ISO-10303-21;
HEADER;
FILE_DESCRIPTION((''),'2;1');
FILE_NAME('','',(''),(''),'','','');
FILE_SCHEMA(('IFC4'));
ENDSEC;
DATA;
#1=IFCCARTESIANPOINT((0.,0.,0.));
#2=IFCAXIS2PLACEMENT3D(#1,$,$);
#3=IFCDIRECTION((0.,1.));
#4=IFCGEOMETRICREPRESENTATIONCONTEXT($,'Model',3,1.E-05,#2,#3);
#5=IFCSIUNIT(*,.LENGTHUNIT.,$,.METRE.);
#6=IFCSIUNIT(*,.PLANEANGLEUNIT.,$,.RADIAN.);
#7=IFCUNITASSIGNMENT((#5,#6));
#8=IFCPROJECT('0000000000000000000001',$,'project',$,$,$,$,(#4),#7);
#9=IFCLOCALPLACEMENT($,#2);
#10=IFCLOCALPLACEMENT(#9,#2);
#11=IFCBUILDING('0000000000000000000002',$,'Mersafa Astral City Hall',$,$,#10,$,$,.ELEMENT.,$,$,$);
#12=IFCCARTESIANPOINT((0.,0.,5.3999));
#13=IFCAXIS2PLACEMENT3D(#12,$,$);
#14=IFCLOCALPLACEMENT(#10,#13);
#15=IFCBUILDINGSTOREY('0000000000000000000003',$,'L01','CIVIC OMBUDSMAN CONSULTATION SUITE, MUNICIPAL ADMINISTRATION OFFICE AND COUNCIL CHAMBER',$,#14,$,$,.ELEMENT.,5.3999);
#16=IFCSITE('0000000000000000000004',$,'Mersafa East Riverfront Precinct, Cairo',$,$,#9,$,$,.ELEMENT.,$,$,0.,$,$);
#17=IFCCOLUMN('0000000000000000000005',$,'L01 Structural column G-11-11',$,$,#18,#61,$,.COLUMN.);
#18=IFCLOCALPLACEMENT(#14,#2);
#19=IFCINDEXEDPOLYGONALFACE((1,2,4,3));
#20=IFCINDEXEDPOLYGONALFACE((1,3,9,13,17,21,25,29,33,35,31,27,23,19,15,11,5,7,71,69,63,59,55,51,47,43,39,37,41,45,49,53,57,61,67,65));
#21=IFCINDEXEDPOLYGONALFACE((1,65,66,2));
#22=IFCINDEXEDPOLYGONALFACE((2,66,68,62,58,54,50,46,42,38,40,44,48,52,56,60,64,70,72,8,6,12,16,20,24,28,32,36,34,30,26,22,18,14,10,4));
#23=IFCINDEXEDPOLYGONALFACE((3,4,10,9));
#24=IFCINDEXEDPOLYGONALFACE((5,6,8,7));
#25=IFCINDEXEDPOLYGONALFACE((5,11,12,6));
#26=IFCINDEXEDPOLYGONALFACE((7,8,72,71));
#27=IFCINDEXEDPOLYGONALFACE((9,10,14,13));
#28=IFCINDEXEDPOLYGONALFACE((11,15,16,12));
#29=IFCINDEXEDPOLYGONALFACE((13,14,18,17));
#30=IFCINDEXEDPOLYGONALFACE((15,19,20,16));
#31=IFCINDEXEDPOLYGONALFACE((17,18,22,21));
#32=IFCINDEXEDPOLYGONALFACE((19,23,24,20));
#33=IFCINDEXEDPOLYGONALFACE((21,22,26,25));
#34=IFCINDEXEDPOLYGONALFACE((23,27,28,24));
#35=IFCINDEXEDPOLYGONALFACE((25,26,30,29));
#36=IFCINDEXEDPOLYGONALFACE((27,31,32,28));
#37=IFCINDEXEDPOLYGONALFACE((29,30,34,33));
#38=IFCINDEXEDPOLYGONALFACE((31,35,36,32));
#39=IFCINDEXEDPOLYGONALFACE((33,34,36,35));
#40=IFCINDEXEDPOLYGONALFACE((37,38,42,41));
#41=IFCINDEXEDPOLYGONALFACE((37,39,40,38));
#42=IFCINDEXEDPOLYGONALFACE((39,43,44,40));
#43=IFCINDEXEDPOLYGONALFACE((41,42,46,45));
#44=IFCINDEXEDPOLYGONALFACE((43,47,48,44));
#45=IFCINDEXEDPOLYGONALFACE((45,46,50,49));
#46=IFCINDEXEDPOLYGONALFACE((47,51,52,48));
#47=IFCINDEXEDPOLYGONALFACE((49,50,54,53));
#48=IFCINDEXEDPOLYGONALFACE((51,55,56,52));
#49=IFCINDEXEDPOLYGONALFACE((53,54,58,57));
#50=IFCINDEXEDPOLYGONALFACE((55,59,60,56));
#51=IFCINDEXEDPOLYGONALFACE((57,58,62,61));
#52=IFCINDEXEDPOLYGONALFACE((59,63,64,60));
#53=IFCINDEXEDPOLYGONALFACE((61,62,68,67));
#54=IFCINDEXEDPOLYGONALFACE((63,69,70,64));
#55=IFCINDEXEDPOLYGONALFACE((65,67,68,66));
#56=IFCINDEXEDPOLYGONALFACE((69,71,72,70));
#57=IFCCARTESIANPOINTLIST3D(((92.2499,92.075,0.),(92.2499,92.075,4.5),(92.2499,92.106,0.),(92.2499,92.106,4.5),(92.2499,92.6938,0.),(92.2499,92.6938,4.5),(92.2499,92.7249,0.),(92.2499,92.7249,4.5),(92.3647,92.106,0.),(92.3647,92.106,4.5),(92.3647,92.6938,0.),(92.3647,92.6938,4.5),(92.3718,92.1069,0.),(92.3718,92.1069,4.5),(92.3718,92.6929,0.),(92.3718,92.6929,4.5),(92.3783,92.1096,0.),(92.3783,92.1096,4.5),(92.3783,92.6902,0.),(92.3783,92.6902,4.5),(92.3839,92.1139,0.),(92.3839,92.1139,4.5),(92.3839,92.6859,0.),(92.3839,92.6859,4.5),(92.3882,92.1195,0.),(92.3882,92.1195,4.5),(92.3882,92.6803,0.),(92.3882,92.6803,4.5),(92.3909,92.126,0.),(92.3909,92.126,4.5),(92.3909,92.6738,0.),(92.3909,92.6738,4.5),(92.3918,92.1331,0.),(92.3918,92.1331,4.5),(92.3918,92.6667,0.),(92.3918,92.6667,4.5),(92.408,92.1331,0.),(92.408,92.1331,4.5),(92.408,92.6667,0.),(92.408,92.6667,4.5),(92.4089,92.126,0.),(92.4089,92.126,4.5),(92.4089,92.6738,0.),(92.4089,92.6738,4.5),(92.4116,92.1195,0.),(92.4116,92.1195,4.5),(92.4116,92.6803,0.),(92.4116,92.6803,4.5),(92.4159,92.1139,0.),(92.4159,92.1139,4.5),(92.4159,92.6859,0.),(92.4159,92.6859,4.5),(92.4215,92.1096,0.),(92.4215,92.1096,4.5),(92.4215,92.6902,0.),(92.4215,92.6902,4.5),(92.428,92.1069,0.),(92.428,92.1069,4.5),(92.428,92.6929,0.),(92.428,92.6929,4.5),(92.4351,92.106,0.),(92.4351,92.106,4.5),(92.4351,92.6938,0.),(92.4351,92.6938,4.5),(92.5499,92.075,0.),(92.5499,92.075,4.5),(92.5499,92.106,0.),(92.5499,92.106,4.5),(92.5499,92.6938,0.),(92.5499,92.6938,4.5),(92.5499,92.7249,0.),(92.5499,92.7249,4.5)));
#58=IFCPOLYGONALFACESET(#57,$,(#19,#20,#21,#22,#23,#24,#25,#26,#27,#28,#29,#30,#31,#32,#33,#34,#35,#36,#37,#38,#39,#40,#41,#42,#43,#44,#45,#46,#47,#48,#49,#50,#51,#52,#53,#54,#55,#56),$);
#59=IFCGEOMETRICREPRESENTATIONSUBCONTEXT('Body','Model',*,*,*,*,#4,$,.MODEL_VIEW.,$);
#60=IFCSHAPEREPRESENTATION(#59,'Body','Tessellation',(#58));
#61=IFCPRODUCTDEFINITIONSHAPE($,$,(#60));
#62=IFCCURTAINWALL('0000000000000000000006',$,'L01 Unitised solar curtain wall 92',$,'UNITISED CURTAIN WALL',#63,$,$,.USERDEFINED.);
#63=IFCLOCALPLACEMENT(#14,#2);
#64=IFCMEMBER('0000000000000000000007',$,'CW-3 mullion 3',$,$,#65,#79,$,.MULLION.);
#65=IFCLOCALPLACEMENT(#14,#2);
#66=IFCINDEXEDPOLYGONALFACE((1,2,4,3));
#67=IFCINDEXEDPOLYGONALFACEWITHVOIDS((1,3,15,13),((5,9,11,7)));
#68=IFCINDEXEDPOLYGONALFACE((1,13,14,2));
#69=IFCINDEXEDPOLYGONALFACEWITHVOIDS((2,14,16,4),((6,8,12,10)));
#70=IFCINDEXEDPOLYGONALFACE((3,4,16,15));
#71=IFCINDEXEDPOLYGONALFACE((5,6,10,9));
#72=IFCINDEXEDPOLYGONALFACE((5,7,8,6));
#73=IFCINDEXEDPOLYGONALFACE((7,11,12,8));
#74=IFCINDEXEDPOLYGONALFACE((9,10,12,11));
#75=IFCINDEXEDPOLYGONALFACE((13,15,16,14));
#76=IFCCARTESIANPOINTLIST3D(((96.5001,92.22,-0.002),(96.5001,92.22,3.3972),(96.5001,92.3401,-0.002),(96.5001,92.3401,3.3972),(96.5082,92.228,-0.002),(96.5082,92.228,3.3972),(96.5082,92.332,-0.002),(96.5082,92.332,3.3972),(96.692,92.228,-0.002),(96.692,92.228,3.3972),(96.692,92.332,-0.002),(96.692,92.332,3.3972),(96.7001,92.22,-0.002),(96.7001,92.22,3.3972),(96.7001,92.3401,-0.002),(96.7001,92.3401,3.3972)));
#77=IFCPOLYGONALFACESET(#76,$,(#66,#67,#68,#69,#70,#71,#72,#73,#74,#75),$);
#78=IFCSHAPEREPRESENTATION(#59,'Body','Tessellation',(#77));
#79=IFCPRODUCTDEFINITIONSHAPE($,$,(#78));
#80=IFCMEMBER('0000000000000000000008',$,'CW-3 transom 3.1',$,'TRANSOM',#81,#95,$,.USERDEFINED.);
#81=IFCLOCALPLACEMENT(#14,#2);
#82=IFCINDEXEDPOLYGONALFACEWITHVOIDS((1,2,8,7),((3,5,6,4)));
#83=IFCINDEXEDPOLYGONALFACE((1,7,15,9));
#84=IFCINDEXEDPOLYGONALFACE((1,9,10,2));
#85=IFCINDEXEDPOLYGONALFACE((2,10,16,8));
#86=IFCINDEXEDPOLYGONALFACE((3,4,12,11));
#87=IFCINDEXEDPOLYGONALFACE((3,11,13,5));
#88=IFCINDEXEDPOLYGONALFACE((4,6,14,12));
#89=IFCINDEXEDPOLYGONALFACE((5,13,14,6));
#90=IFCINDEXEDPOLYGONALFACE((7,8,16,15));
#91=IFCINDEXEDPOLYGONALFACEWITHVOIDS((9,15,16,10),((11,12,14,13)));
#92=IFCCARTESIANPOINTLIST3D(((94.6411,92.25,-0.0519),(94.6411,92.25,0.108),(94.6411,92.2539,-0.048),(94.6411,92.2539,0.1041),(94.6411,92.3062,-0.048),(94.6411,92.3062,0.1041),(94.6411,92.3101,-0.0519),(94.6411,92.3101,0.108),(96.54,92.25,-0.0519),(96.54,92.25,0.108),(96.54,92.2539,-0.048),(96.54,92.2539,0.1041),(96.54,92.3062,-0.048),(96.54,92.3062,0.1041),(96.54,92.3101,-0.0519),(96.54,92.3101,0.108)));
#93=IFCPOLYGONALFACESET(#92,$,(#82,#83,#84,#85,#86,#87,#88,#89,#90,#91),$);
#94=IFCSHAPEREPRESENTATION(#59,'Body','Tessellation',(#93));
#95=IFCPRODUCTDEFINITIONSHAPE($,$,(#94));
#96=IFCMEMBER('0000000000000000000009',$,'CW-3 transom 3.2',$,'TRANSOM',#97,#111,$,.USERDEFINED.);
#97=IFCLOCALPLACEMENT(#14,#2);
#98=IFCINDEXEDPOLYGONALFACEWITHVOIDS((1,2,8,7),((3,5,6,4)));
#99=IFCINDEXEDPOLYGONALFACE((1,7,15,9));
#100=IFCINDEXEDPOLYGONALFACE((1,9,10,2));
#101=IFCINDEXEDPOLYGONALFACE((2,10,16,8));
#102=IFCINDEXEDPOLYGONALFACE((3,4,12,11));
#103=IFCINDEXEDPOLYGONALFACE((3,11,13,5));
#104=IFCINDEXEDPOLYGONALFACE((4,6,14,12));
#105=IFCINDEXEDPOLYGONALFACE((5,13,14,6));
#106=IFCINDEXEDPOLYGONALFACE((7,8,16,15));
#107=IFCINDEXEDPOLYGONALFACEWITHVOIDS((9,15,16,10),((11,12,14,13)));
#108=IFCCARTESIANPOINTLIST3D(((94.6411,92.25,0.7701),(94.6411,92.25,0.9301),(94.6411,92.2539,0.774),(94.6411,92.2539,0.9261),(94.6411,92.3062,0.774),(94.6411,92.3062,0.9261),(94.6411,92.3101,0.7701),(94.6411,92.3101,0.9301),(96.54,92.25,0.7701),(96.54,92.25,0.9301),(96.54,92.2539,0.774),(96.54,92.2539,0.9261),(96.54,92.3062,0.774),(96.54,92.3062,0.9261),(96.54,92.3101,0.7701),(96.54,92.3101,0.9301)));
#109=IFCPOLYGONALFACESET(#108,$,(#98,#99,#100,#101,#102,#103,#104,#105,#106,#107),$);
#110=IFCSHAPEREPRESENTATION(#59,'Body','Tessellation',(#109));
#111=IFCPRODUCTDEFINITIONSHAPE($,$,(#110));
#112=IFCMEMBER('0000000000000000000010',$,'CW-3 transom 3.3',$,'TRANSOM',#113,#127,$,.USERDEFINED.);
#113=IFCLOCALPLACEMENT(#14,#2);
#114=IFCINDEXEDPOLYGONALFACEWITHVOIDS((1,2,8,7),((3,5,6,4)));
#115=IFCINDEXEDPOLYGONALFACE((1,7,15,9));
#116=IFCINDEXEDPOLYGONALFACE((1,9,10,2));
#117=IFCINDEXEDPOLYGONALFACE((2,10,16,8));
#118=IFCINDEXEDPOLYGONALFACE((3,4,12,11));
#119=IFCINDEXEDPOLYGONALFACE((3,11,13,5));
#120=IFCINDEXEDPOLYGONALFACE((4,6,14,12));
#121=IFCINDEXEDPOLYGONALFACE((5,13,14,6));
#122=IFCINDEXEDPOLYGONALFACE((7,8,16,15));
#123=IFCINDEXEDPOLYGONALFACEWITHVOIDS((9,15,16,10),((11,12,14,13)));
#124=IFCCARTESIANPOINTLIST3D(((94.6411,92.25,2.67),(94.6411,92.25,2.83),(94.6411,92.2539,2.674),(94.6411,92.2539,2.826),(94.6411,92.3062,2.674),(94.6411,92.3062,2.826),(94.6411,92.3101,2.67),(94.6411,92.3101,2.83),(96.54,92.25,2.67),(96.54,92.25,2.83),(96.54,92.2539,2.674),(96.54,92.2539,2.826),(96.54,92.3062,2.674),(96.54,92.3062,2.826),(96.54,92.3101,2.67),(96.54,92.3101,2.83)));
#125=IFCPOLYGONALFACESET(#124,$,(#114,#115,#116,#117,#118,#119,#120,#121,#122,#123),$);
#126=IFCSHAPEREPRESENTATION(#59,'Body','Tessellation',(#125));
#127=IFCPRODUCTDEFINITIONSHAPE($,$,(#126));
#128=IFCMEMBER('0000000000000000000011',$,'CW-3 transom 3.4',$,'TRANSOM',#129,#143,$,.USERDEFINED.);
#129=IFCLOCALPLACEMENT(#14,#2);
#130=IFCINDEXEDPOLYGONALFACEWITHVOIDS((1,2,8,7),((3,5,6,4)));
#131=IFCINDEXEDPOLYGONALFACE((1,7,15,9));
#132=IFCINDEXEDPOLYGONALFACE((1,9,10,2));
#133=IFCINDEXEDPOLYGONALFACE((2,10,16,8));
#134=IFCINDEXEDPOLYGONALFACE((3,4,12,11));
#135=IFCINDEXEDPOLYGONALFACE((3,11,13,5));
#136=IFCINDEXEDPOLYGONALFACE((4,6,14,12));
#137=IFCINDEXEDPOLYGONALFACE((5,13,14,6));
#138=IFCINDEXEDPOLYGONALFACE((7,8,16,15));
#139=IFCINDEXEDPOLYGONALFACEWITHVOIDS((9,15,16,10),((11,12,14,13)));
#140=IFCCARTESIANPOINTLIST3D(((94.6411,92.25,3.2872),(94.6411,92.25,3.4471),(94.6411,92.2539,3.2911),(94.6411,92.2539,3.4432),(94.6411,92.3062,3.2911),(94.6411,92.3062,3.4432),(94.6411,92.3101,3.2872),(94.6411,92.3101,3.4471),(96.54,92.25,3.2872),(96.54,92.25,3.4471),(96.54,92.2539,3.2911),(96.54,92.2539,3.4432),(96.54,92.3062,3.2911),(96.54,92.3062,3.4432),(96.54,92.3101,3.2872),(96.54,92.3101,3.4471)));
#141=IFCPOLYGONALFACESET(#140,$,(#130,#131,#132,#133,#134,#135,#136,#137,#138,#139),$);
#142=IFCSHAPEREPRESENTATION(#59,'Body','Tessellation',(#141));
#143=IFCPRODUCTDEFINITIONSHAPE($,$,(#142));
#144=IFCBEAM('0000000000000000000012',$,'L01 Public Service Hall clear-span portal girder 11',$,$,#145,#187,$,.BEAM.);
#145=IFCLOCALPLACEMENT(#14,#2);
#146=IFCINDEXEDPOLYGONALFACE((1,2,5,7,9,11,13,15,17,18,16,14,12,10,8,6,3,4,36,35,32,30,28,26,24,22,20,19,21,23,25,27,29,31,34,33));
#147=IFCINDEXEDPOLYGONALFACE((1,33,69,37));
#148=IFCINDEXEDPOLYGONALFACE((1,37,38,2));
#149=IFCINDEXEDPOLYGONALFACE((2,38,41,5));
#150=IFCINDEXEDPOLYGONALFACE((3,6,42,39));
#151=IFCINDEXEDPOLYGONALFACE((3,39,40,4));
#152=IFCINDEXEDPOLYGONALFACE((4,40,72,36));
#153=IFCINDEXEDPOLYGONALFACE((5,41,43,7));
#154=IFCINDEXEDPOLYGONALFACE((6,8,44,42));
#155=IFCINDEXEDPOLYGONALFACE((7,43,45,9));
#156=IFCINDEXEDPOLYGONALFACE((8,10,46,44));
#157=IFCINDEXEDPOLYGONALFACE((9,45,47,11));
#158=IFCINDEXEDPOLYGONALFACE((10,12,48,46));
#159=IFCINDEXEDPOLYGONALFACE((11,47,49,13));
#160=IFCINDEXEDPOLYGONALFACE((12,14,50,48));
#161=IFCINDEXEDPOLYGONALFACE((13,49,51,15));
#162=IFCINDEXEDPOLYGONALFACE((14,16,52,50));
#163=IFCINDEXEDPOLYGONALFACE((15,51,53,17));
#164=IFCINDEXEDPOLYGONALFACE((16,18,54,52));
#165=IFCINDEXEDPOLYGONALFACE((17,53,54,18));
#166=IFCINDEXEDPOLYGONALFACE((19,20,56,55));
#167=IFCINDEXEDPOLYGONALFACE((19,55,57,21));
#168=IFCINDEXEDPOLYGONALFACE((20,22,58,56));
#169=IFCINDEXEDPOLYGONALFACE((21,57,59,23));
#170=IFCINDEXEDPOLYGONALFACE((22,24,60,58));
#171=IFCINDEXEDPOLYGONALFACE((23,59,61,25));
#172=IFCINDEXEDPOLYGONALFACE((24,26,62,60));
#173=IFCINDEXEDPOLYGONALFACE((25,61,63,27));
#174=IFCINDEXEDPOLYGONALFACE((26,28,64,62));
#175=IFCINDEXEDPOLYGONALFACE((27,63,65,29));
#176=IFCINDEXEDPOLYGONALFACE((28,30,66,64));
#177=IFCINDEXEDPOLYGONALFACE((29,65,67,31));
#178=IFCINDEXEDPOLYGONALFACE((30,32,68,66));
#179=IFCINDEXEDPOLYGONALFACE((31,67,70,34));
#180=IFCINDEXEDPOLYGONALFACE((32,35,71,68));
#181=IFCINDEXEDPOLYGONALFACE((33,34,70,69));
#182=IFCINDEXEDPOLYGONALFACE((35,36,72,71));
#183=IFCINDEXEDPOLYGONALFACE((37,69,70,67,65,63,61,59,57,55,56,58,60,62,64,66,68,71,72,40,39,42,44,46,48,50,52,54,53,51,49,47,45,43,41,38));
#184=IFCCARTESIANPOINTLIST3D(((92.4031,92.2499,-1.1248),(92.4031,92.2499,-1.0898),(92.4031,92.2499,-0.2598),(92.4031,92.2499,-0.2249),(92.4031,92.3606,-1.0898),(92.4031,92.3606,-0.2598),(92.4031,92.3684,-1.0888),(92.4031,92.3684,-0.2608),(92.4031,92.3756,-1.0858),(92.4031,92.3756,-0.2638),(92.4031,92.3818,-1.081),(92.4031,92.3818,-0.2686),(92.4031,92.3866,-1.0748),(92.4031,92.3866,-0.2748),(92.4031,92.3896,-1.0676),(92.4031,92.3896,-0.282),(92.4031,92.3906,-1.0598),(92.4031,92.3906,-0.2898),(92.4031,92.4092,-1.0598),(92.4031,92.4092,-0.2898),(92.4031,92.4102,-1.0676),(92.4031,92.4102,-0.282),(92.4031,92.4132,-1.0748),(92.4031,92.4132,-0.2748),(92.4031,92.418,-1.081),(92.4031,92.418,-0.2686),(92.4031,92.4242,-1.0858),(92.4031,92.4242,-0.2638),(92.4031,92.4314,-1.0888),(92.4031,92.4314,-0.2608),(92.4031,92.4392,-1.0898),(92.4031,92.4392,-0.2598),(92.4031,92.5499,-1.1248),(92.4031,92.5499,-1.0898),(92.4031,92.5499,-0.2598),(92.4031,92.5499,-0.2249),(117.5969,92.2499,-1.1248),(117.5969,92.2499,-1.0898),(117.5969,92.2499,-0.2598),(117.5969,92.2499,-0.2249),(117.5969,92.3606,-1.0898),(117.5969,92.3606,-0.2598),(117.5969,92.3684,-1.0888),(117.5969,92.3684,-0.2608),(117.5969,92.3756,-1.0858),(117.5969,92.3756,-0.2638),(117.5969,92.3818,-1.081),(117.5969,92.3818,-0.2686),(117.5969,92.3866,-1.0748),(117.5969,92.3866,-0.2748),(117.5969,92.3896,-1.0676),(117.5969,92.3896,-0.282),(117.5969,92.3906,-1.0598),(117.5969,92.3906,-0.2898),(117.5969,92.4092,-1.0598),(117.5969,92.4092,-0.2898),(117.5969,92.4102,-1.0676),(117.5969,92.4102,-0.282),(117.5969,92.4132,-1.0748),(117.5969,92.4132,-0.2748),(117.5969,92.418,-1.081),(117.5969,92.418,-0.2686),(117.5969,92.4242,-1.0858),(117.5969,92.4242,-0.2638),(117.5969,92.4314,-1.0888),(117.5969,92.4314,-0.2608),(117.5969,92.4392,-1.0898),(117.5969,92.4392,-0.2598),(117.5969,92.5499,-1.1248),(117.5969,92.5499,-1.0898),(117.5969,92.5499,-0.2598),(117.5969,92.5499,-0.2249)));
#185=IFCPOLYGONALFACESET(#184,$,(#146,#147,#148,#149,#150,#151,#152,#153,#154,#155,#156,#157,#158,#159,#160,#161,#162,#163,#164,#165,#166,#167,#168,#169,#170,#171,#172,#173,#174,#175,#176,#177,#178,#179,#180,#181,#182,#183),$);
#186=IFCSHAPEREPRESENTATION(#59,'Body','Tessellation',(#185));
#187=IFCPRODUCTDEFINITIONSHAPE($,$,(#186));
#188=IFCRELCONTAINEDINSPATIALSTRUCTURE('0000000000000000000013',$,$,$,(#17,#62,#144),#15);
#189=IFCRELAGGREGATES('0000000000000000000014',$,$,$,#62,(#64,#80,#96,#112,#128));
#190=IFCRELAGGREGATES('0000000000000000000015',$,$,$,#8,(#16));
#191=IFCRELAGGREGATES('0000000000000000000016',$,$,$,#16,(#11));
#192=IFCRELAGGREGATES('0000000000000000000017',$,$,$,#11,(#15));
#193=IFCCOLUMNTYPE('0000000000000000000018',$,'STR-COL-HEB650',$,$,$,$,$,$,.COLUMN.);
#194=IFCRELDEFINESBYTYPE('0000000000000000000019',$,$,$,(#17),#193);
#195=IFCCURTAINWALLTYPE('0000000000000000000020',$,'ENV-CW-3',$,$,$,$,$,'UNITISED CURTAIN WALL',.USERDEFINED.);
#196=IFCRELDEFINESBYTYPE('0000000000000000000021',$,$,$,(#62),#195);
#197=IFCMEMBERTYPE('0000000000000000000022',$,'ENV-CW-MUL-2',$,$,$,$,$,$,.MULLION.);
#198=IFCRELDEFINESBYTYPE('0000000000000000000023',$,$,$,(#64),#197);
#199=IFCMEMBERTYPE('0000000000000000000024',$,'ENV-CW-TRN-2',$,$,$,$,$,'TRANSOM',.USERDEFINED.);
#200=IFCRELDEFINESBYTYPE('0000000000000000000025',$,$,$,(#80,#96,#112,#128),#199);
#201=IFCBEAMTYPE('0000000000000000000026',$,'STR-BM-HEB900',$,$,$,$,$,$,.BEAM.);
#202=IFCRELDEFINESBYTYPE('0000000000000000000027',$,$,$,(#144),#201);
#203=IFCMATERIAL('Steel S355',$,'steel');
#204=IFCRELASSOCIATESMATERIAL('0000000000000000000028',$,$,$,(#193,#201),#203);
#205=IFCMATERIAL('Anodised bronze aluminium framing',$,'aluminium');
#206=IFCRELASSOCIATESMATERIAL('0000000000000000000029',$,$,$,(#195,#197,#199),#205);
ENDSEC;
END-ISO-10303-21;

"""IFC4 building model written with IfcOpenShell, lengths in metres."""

from ifc_helpers import new_model, si_unit, direction, frame, origin, origin_2d, place, context, subcontext, project, spatial, hollow_rectangle, i_section, extrude, material, material_profile, profile_set, type_object, element, aggregate, save


model = new_model("IFC4")

# Units and contexts
model_context = context("Model", 3, precision=1e-05, world=origin(), true_north=direction((0.0, 1.0)))
body_context = subcontext(model_context, "Body", "Model", "MODEL_VIEW")
ifc_project = project(units=[si_unit("LENGTHUNIT", "METRE"), si_unit("PLANEANGLEUNIT", "RADIAN")], contexts=[model_context])

# Site, building, storey
site_placement = place(None, origin())
site = spatial("IfcSite", under=ifc_project, at=site_placement, Name="Mersafa East Riverfront Precinct, Cairo", CompositionType="ELEMENT", RefElevation=0.0)
building_placement = place(site_placement, origin())
building = spatial("IfcBuilding", under=site, at=building_placement, Name="Mersafa Astral City Hall", CompositionType="ELEMENT")
storey_placement = place(building_placement, frame((0.0, 0.0, 5.3999)))
storey = spatial("IfcBuildingStorey", under=building, at=storey_placement, Name="L01", Description="CIVIC OMBUDSMAN CONSULTATION SUITE, MUNICIPAL ADMINISTRATION OFFICE AND COUNCIL CHAMBER", CompositionType="ELEMENT", Elevation=5.3999)

# Column
ifc_material_1 = material(Name="Steel S355", Category="steel")
ifc_material_profile_1 = material_profile(ifc_material_1, i_section(OverallWidth=0.3, OverallDepth=0.6499, WebThickness=0.0161, FlangeThickness=0.031, FilletRadius=0.0271, at=origin_2d()), Name="HEB 650")
ifc_profile_set_1 = profile_set([ifc_material_profile_1], Name="Steel S355")
column_type = type_object("IfcColumnType", Name="STR-COL-HEB650", PredefinedType="COLUMN", material=ifc_profile_set_1)
column_placement = place(storey_placement, frame((92.3999, 92.3999, 0.0), z_axis=(0.0, 0.0, 1.0), x_axis=(1.0, 0.0, 0.0)))
element("IfcColumn", 1, at=column_placement, inside=storey, type_object=column_type, Name="L01 Structural column G-11-11", PredefinedType="COLUMN", context=body_context, shape_type="SweptSolid", body=[
    extrude(i_section(OverallWidth=0.3, OverallDepth=0.6499, WebThickness=0.0161, FlangeThickness=0.031, FilletRadius=0.0271, at=origin_2d()), origin(), (0.0, 0.0, 1.0), 4.5),
])

# Curtain wall, members
ifc_material_2 = material(Name="Anodised bronze aluminium framing", Category="aluminium")
curtain_wall_type = type_object("IfcCurtainWallType", Name="ENV-CW-3", ElementType="UNITISED CURTAIN WALL", PredefinedType="USERDEFINED", material=ifc_material_2)
curtain_wall_placement = place(storey_placement, origin())
curtain_wall = element("IfcCurtainWall", 2, at=curtain_wall_placement, inside=storey, type_object=curtain_wall_type, Name="L01 Unitised solar curtain wall 92", ObjectType="UNITISED CURTAIN WALL", PredefinedType="USERDEFINED")
ifc_material_profile_2 = material_profile(ifc_material_2, hollow_rectangle(XDim=0.1201, YDim=0.2, WallThickness=0.0081, at=origin_2d()), Name="RHS 120x200x8")
ifc_profile_set_2 = profile_set([ifc_material_profile_2], Name="Anodised bronze aluminium framing")
member_type_1 = type_object("IfcMemberType", Name="ENV-CW-MUL-2", PredefinedType="MULLION", material=ifc_profile_set_2)
member_1_placement = place(storey_placement, frame((96.6001, 92.28, -0.002), z_axis=(0.0, 0.0, 1.0), x_axis=(0.0, -1.0, 0.0)))
member_1 = element("IfcMember", 3, at=member_1_placement, type_object=member_type_1, Name="CW-3 mullion 3", PredefinedType="MULLION", context=body_context, shape_type="SweptSolid", body=[
    extrude(hollow_rectangle(XDim=0.1201, YDim=0.2, WallThickness=0.0081, at=origin_2d()), origin(), (0.0, 0.0, 1.0), 3.3992),
])
ifc_material_profile_3 = material_profile(ifc_material_2, hollow_rectangle(XDim=0.0601, YDim=0.1599, WallThickness=0.0039, at=origin_2d()), Name="RHS 60x160x4")
ifc_profile_set_3 = profile_set([ifc_material_profile_3], Name="Anodised bronze aluminium framing")
member_type_2 = type_object("IfcMemberType", Name="ENV-CW-TRN-2", ElementType="TRANSOM", PredefinedType="USERDEFINED", material=ifc_profile_set_3)
member_2_placement = place(storey_placement, frame((96.54, 92.28, 0.0281), z_axis=(-1.0, 0.0, 0.0), x_axis=(0.0, -1.0, 0.0)))
member_2 = element("IfcMember", 4, at=member_2_placement, type_object=member_type_2, Name="CW-3 transom 3.1", ObjectType="TRANSOM", PredefinedType="USERDEFINED", context=body_context, shape_type="SweptSolid", body=[
    extrude(hollow_rectangle(XDim=0.0601, YDim=0.1599, WallThickness=0.0039, at=origin_2d()), origin(), (0.0, 0.0, 1.0), 1.8989),
])
member_3_placement = place(storey_placement, frame((96.54, 92.28, 0.8501), z_axis=(-1.0, 0.0, 0.0), x_axis=(0.0, -1.0, 0.0)))
member_3 = element("IfcMember", 5, at=member_3_placement, type_object=member_type_2, Name="CW-3 transom 3.2", ObjectType="TRANSOM", PredefinedType="USERDEFINED", context=body_context, shape_type="SweptSolid", body=[
    extrude(hollow_rectangle(XDim=0.0601, YDim=0.1599, WallThickness=0.0039, at=origin_2d()), origin(), (0.0, 0.0, 1.0), 1.8989),
])
member_4_placement = place(storey_placement, frame((96.54, 92.28, 2.75), z_axis=(-1.0, 0.0, 0.0), x_axis=(0.0, -1.0, 0.0)))
member_4 = element("IfcMember", 6, at=member_4_placement, type_object=member_type_2, Name="CW-3 transom 3.3", ObjectType="TRANSOM", PredefinedType="USERDEFINED", context=body_context, shape_type="SweptSolid", body=[
    extrude(hollow_rectangle(XDim=0.0601, YDim=0.1599, WallThickness=0.0039, at=origin_2d()), origin(), (0.0, 0.0, 1.0), 1.8989),
])
member_5_placement = place(storey_placement, frame((96.54, 92.28, 3.3672), z_axis=(-1.0, 0.0, 0.0), x_axis=(0.0, -1.0, 0.0)))
member_5 = element("IfcMember", 7, at=member_5_placement, type_object=member_type_2, Name="CW-3 transom 3.4", ObjectType="TRANSOM", PredefinedType="USERDEFINED", context=body_context, shape_type="SweptSolid", body=[
    extrude(hollow_rectangle(XDim=0.0601, YDim=0.1599, WallThickness=0.0039, at=origin_2d()), origin(), (0.0, 0.0, 1.0), 1.8989),
])

# Beam
ifc_material_profile_4 = material_profile(ifc_material_1, i_section(OverallWidth=0.3, OverallDepth=0.8999, WebThickness=0.0186, FlangeThickness=0.0349, FilletRadius=0.03, at=origin_2d()), Name="HEB 900")
ifc_profile_set_4 = profile_set([ifc_material_profile_4], Name="Steel S355")
beam_type = type_object("IfcBeamType", Name="STR-BM-HEB900", PredefinedType="BEAM", material=ifc_profile_set_4)
beam_placement = place(storey_placement, frame((92.4031, 92.3999, -0.6748), z_axis=(1.0, 0.0, 0.0), x_axis=(0.0, 1.0, 0.0)))
element("IfcBeam", 8, at=beam_placement, inside=storey, type_object=beam_type, Name="L01 Public Service Hall clear-span portal girder 11", PredefinedType="BEAM", context=body_context, shape_type="SweptSolid", body=[
    extrude(i_section(OverallWidth=0.3, OverallDepth=0.8999, WebThickness=0.0186, FlangeThickness=0.0349, FilletRadius=0.03, at=origin_2d()), origin(), (0.0, 0.0, 1.0), 25.1938),
])

aggregate(curtain_wall, [member_1, member_2, member_3, member_4, member_5])

save(model, "model.ifc")
